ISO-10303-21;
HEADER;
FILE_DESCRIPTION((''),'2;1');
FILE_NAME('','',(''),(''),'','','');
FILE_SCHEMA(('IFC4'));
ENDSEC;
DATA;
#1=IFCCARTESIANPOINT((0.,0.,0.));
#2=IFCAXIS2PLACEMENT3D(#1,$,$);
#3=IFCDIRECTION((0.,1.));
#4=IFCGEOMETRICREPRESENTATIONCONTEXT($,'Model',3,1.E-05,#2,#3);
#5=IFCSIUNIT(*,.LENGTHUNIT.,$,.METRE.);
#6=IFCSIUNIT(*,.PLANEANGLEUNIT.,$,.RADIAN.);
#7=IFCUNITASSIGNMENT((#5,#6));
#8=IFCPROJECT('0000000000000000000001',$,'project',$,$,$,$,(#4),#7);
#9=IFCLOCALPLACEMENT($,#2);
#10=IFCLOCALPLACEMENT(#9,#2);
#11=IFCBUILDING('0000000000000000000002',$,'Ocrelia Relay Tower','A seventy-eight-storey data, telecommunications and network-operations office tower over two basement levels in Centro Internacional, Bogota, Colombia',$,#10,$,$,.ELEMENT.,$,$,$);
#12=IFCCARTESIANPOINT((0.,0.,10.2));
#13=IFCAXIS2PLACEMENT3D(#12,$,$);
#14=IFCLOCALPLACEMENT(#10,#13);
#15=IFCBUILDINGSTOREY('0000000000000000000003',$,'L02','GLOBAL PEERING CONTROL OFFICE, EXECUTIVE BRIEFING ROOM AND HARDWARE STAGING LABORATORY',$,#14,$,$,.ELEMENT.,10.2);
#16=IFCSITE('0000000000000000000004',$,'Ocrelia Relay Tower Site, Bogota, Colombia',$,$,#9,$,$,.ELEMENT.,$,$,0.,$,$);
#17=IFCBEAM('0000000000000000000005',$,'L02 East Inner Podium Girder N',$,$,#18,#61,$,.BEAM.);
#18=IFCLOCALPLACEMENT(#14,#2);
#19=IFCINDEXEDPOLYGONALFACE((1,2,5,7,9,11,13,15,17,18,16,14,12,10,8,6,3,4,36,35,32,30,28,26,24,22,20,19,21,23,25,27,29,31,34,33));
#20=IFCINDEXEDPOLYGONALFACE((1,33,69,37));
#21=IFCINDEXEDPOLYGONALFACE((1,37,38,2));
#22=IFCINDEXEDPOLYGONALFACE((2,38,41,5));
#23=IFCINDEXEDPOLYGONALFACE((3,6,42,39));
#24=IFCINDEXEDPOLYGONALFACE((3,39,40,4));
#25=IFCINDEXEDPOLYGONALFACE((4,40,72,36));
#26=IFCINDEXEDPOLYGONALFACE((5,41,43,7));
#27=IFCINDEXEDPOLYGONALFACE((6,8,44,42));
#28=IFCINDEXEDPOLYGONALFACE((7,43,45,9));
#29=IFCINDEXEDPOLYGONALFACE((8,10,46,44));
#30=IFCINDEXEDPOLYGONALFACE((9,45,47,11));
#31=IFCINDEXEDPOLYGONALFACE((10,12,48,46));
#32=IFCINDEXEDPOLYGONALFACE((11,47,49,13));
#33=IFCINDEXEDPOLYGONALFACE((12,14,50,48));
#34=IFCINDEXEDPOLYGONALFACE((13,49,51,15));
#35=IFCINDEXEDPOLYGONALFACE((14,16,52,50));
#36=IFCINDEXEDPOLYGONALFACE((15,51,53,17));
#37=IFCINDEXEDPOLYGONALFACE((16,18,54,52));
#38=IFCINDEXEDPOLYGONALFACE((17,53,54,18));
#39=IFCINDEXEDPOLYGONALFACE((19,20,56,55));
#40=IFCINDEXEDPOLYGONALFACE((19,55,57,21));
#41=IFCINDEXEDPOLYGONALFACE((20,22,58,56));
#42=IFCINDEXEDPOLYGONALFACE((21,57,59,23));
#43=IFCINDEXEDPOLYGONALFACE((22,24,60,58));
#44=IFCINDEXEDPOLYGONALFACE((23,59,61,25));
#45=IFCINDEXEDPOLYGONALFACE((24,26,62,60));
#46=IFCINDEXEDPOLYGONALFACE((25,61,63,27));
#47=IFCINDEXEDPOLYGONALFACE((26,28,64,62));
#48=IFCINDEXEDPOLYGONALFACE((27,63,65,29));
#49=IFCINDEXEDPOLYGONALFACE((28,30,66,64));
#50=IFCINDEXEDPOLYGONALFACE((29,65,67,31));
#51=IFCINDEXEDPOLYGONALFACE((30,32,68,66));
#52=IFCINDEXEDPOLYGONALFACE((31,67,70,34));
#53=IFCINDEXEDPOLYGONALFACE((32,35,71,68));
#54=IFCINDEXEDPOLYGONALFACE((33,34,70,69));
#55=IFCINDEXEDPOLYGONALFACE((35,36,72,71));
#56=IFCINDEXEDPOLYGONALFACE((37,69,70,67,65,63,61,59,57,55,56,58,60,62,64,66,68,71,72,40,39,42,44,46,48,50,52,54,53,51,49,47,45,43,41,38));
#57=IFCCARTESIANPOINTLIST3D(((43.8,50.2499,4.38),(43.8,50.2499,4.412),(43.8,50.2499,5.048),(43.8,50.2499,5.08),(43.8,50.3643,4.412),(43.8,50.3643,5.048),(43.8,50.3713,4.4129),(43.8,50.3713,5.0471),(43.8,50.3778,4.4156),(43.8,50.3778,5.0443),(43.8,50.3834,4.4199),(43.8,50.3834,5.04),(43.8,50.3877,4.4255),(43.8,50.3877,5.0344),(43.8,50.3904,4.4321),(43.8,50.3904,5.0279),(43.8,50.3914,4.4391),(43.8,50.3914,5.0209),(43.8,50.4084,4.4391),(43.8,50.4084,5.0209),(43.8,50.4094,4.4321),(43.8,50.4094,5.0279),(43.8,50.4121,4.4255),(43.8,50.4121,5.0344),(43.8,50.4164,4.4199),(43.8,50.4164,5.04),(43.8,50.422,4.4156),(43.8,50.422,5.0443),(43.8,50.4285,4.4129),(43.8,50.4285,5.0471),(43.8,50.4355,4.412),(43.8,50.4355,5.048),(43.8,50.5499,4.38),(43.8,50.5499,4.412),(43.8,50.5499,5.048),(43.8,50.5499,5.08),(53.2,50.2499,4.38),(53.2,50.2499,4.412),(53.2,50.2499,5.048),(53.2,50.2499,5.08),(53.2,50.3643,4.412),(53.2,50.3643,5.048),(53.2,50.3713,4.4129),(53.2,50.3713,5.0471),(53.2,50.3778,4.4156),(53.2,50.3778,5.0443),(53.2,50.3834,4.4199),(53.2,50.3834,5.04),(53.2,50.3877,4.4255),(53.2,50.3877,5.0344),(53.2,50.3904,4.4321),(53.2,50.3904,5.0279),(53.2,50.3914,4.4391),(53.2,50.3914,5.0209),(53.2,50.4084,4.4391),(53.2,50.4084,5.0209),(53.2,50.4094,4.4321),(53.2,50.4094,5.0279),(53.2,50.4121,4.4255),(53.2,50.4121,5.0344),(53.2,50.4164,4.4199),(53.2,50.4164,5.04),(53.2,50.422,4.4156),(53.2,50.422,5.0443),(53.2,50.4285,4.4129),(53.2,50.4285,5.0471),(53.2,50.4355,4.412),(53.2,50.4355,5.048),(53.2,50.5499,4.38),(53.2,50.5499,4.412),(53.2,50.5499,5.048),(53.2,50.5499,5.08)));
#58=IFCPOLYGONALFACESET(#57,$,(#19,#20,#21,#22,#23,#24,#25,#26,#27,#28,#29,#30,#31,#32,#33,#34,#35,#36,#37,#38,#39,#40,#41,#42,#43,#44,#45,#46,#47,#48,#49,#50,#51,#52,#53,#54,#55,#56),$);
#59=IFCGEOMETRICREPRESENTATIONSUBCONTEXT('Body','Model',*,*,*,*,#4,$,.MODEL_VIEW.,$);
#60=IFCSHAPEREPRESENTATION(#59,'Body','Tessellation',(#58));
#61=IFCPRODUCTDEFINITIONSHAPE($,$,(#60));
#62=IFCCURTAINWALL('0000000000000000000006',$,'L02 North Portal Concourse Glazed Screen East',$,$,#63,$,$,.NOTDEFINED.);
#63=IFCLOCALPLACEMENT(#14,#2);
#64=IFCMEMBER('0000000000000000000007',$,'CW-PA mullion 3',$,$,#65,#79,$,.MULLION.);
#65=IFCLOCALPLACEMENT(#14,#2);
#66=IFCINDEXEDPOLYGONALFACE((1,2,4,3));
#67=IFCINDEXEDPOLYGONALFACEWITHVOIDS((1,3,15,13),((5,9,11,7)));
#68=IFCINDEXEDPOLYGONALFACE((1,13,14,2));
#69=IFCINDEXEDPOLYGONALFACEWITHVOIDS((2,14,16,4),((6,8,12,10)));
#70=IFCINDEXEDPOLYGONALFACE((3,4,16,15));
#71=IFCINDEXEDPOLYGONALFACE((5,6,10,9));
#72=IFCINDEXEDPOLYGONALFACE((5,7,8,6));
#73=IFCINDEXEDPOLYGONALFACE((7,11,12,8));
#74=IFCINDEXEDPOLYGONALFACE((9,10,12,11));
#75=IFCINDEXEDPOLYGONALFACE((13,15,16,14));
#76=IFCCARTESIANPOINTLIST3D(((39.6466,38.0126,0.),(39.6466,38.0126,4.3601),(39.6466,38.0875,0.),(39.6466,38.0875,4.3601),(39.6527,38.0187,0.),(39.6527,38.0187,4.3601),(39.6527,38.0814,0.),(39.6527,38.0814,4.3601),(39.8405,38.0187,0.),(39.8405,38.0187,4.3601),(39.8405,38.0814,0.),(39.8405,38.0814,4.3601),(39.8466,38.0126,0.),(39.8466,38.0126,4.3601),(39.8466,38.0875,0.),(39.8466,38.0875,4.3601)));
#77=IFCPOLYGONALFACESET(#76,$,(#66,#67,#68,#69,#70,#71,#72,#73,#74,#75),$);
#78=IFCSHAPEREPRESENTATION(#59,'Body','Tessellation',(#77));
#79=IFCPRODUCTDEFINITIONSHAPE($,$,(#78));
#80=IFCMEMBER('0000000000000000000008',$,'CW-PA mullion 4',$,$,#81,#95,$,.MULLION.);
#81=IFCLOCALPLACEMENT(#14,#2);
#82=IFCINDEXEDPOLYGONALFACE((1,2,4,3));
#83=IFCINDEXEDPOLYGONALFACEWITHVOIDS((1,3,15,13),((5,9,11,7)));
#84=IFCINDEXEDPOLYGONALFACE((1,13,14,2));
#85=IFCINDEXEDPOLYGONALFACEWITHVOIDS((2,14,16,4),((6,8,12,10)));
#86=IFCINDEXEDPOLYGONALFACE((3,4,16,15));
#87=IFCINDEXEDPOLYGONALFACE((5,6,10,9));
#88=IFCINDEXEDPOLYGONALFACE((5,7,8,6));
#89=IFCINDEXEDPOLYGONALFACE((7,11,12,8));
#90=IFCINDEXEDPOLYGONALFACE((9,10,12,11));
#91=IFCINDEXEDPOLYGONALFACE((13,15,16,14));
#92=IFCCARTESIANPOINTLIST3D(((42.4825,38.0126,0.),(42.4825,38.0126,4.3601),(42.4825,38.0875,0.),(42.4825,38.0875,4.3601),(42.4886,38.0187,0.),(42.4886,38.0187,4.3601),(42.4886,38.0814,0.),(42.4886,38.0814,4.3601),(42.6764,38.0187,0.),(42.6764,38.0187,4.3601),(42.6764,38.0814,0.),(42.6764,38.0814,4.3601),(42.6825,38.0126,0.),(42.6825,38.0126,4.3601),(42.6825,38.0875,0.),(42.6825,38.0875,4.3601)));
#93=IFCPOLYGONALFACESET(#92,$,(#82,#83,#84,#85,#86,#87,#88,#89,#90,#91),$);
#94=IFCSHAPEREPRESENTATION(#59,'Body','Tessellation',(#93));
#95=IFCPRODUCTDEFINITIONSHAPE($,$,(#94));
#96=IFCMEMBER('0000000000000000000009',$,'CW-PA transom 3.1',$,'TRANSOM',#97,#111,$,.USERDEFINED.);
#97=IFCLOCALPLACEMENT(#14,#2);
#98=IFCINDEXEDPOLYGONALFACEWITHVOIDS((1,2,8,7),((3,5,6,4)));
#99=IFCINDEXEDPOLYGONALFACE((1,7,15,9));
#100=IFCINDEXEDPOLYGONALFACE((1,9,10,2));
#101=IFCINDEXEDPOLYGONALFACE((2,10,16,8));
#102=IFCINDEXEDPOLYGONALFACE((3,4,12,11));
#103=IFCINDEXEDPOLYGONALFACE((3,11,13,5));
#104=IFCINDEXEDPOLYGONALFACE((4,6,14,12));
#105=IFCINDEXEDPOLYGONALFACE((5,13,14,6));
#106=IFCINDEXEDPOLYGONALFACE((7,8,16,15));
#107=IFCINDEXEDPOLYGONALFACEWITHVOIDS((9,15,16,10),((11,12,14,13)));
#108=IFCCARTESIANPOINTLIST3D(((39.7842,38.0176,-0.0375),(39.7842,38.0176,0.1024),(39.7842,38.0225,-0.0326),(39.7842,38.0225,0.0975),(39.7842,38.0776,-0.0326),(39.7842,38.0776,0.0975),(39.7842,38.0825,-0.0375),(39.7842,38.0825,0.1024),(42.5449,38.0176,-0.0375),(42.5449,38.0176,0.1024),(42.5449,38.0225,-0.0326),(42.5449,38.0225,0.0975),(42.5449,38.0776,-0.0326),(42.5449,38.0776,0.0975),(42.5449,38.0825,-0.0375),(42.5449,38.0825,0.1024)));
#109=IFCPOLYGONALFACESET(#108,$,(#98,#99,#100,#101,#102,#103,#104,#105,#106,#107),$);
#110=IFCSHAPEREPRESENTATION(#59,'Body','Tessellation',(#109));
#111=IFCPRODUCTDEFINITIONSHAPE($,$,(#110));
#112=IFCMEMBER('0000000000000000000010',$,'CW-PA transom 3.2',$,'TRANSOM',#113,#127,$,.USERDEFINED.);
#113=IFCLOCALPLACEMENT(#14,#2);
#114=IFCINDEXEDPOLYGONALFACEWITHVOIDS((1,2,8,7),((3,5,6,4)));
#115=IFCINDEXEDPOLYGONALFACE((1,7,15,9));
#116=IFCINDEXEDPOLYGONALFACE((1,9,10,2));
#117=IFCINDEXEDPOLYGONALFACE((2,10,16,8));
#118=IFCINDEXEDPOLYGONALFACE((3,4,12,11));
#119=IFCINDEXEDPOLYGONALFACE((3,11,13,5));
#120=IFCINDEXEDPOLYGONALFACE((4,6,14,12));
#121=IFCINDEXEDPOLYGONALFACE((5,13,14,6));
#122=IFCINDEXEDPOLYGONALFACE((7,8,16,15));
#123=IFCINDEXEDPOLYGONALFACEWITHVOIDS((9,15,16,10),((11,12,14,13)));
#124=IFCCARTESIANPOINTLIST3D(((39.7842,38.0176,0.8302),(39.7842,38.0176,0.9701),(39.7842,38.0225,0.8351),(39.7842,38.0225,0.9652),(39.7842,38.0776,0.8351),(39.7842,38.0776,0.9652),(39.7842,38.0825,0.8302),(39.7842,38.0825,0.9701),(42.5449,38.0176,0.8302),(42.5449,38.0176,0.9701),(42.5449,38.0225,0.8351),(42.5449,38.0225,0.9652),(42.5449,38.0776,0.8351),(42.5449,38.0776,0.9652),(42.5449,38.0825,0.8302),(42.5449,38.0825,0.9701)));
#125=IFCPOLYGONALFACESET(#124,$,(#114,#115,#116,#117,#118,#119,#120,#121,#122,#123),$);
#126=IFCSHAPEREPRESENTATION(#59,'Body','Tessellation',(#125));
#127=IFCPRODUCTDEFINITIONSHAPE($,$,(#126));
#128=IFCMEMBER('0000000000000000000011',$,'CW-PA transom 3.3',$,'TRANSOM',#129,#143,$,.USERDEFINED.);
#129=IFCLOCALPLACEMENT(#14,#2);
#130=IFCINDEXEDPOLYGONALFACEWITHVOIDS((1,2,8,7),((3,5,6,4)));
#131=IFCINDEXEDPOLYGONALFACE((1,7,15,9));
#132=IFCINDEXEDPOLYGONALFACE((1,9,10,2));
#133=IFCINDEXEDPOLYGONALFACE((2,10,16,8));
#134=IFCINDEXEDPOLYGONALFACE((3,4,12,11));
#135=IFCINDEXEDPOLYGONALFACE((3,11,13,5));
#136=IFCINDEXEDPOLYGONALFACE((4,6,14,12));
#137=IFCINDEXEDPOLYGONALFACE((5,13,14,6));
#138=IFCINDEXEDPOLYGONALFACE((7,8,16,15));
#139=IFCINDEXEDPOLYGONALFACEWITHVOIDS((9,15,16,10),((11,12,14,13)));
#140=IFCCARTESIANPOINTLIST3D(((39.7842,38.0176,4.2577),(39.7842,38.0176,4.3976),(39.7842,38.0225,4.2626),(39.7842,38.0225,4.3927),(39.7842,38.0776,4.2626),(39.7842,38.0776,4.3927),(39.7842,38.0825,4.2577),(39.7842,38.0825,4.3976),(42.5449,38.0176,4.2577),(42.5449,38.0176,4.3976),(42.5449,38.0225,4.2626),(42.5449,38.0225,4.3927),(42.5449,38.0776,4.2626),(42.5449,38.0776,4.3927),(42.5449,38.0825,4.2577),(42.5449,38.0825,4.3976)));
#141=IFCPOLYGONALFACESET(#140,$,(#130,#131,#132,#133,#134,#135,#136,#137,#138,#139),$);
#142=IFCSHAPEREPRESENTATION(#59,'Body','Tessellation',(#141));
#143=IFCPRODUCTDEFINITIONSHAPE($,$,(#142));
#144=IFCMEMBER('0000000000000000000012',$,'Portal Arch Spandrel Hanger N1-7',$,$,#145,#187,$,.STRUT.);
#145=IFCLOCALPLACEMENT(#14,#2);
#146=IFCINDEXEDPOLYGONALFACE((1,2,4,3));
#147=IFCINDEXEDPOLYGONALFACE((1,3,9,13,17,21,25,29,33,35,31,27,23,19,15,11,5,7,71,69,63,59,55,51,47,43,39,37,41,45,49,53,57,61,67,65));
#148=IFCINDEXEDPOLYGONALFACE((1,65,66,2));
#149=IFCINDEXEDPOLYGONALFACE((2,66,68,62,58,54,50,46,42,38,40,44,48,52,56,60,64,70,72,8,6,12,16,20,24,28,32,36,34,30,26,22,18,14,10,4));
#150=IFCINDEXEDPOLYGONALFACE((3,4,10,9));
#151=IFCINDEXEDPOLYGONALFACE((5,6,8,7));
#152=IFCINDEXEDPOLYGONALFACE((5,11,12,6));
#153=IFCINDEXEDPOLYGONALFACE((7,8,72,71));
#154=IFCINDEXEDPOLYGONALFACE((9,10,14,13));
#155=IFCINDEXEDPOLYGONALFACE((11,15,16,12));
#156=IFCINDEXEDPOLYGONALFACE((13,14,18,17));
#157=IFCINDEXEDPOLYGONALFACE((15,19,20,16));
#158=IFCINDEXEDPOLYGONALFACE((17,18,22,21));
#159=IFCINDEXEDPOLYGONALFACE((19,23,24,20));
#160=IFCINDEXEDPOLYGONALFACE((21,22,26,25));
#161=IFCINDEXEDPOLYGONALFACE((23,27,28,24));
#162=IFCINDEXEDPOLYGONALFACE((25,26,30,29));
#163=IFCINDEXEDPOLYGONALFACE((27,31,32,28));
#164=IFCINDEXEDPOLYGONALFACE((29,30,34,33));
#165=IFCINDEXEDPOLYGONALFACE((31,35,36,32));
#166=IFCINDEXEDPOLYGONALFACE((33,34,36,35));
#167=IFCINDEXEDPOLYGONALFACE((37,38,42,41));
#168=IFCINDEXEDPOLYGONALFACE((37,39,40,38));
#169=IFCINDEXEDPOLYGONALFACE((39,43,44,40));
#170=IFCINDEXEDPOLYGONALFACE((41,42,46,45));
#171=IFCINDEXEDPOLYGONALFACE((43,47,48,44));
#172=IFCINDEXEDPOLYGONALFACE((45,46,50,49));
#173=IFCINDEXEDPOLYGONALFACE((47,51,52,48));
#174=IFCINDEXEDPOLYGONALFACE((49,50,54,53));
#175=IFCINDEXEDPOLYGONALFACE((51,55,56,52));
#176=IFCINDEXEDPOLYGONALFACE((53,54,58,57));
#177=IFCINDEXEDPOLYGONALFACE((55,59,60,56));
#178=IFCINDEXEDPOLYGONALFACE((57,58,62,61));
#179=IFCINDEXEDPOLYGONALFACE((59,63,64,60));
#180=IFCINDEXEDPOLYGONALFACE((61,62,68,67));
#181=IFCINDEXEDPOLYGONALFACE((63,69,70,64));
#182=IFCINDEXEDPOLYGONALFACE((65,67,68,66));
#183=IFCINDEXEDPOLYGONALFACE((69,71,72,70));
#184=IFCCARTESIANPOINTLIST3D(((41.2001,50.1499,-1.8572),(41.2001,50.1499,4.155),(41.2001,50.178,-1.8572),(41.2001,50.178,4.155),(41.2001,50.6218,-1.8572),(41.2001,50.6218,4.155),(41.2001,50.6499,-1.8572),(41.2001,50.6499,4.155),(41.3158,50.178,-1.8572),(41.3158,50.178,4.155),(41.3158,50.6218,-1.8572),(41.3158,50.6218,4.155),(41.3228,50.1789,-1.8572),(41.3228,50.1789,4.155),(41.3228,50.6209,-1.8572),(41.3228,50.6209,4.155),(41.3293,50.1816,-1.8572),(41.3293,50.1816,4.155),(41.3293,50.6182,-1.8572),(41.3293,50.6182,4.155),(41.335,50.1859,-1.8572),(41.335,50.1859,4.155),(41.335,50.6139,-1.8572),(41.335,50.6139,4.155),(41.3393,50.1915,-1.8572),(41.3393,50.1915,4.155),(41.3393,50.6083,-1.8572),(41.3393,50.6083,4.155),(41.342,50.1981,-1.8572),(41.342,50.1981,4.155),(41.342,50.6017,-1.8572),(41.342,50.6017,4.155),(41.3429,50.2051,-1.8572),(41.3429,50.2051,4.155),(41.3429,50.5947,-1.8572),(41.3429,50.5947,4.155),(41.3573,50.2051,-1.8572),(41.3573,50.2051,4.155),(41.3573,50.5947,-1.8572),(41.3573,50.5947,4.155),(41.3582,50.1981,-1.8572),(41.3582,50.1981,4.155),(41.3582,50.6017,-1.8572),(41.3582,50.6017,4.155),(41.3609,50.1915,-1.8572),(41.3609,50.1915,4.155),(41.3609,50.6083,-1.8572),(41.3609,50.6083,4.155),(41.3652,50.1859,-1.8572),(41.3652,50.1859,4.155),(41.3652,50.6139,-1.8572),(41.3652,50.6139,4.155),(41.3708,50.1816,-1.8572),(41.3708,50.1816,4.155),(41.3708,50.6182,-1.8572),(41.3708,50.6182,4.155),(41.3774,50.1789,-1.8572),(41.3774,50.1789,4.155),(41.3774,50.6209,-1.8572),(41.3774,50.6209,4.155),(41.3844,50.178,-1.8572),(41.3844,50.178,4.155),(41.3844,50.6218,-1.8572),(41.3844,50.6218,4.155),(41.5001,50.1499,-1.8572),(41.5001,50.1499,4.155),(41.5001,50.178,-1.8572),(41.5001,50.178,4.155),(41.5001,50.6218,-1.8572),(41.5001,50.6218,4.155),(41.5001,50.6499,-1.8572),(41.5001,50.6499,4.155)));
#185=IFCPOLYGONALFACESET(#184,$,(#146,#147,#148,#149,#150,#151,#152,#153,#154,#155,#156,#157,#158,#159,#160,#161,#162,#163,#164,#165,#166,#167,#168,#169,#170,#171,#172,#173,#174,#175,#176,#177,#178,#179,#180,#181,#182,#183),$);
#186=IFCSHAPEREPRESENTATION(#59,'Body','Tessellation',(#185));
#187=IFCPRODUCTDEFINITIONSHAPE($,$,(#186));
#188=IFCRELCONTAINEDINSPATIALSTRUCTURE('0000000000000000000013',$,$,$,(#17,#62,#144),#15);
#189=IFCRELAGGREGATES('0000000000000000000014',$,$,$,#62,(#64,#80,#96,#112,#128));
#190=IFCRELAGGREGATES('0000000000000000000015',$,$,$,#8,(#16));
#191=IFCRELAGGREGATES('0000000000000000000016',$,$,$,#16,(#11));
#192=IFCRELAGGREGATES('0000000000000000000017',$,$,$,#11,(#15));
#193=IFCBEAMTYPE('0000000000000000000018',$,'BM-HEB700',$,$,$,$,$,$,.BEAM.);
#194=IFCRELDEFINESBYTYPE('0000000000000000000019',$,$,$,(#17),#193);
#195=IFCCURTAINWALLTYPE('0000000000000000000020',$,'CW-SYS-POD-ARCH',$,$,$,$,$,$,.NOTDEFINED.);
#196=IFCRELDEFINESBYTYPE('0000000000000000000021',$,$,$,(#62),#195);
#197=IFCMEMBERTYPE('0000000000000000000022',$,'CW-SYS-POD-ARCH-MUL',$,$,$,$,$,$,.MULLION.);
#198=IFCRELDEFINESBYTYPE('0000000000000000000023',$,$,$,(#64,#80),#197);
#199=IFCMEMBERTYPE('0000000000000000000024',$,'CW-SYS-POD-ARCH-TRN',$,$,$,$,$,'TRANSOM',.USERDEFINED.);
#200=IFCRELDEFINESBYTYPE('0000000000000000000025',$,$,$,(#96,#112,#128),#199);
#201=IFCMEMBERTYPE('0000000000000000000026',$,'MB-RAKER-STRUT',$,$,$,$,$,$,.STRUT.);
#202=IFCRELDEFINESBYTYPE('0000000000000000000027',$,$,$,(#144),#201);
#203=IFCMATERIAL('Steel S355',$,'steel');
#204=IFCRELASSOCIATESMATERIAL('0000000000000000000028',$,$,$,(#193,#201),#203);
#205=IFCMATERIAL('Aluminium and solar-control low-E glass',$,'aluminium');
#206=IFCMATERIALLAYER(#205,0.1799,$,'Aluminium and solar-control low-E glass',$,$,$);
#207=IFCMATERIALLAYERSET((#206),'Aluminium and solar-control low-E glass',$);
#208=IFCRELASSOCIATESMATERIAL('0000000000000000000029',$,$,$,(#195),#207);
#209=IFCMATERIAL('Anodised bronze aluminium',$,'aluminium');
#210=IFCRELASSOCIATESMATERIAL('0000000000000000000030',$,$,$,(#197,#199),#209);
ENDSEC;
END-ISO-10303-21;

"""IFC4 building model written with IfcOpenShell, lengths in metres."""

from ifc_helpers import new_model, si_unit, direction, frame, origin, origin_2d, place, context, subcontext, project, spatial, hollow_rectangle, i_section, extrude, material, layer, layer_set, material_profile, profile_set, type_object, element, aggregate, save


model = new_model("IFC4")

# Units and contexts
model_context = context("Model", 3, precision=1e-05, world=origin(), true_north=direction((0.0, 1.0)))
body_context = subcontext(model_context, "Body", "Model", "MODEL_VIEW")
ifc_project = project(units=[si_unit("LENGTHUNIT", "METRE"), si_unit("PLANEANGLEUNIT", "RADIAN")], contexts=[model_context])

# Site, building, storey
site_placement = place(None, origin())
site = spatial("IfcSite", under=ifc_project, at=site_placement, Name="Ocrelia Relay Tower Site, Bogota, Colombia", CompositionType="ELEMENT", RefElevation=0.0)
building_placement = place(site_placement, origin())
building = spatial("IfcBuilding", under=site, at=building_placement, Name="Ocrelia Relay Tower", Description="A seventy-eight-storey data, telecommunications and network-operations office tower over two basement levels in Centro Internacional, Bogota, Colombia", CompositionType="ELEMENT")
storey_placement = place(building_placement, frame((0.0, 0.0, 10.2)))
storey = spatial("IfcBuildingStorey", under=building, at=storey_placement, Name="L02", Description="GLOBAL PEERING CONTROL OFFICE, EXECUTIVE BRIEFING ROOM AND HARDWARE STAGING LABORATORY", CompositionType="ELEMENT", Elevation=10.2)

# Beam
ifc_material_1 = material(Name="Steel S355", Category="steel")
ifc_material_profile_1 = material_profile(ifc_material_1, i_section(OverallWidth=0.3, OverallDepth=0.7, WebThickness=0.0171, FlangeThickness=0.032, FilletRadius=0.0271, at=origin_2d()), Name="HEB 700")
ifc_profile_set_1 = profile_set([ifc_material_profile_1], Name="Steel S355")
beam_type_1 = type_object("IfcBeamType", Name="BM-HEB700", PredefinedType="BEAM", material=ifc_profile_set_1)
beam_1_placement = place(storey_placement, frame((43.8, 50.3999, 4.73), z_axis=(1.0, 0.0, 0.0), x_axis=(0.0, 1.0, 0.0)))
element("IfcBeam", 1, at=beam_1_placement, inside=storey, type_object=beam_type_1, Name="L02 East Inner Podium Girder N", PredefinedType="BEAM", context=body_context, shape_type="SweptSolid", body=[
    extrude(i_section(OverallWidth=0.3, OverallDepth=0.7, WebThickness=0.0171, FlangeThickness=0.032, FilletRadius=0.0271, at=origin_2d()), origin(), (0.0, 0.0, 1.0), 9.3999),
])

# Curtain wall, members
ifc_material_2 = material(Name="Aluminium and solar-control low-E glass", Category="aluminium")
ifc_layer_1 = layer(ifc_material_2, 0.1799, Name="Aluminium and solar-control low-E glass")
ifc_layer_set_1 = layer_set([ifc_layer_1], Name="Aluminium and solar-control low-E glass")
curtain_wall_type = type_object("IfcCurtainWallType", Name="CW-SYS-POD-ARCH", PredefinedType="NOTDEFINED", material=ifc_layer_set_1)
curtain_wall_placement = place(storey_placement, origin())
curtain_wall = element("IfcCurtainWall", 2, at=curtain_wall_placement, inside=storey, type_object=curtain_wall_type, Name="L02 North Portal Concourse Glazed Screen East", PredefinedType="NOTDEFINED")
ifc_material_3 = material(Name="Anodised bronze aluminium", Category="aluminium")
ifc_material_profile_2 = material_profile(ifc_material_3, hollow_rectangle(XDim=0.075, YDim=0.2, WallThickness=0.0061, at=origin_2d()), Name="CW-MUL-200x75")
ifc_profile_set_2 = profile_set([ifc_material_profile_2], Name="Anodised bronze aluminium")
member_type_1 = type_object("IfcMemberType", Name="CW-SYS-POD-ARCH-MUL", PredefinedType="MULLION", material=ifc_profile_set_2)
member_1_placement = place(storey_placement, frame((39.7466, 38.05, 0.0), z_axis=(0.0, 0.0, 1.0), x_axis=(0.0, 1.0, 0.0)))
member_1 = element("IfcMember", 3, at=member_1_placement, type_object=member_type_1, Name="CW-PA mullion 3", PredefinedType="MULLION", context=body_context, shape_type="SweptSolid", body=[
    extrude(hollow_rectangle(XDim=0.075, YDim=0.2, WallThickness=0.0061, at=origin_2d()), origin(), (0.0, 0.0, 1.0), 4.3601),
])
member_2_placement = place(storey_placement, frame((42.5825, 38.05, 0.0), z_axis=(0.0, 0.0, 1.0), x_axis=(0.0, 1.0, 0.0)))
member_2 = element("IfcMember", 4, at=member_2_placement, type_object=member_type_1, Name="CW-PA mullion 4", PredefinedType="MULLION", context=body_context, shape_type="SweptSolid", body=[
    extrude(hollow_rectangle(XDim=0.075, YDim=0.2, WallThickness=0.0061, at=origin_2d()), origin(), (0.0, 0.0, 1.0), 4.3601),
])
ifc_material_profile_3 = material_profile(ifc_material_3, hollow_rectangle(XDim=0.0649, YDim=0.1399, WallThickness=0.0049, at=origin_2d()), Name="CW-TRN-140x65")
ifc_profile_set_3 = profile_set([ifc_material_profile_3], Name="Anodised bronze aluminium")
member_type_2 = type_object("IfcMemberType", Name="CW-SYS-POD-ARCH-TRN", ElementType="TRANSOM", PredefinedType="USERDEFINED", material=ifc_profile_set_3)
member_3_placement = place(storey_placement, frame((39.7842, 38.05, 0.0325), z_axis=(1.0, 0.0, 0.0), x_axis=(0.0, 1.0, 0.0)))
member_3 = element("IfcMember", 5, at=member_3_placement, type_object=member_type_2, Name="CW-PA transom 3.1", ObjectType="TRANSOM", PredefinedType="USERDEFINED", context=body_context, shape_type="SweptSolid", body=[
    extrude(hollow_rectangle(XDim=0.0649, YDim=0.1399, WallThickness=0.0049, at=origin_2d()), origin(), (0.0, 0.0, 1.0), 2.7607),
])
member_4_placement = place(storey_placement, frame((39.7842, 38.05, 0.9001), z_axis=(1.0, 0.0, 0.0), x_axis=(0.0, 1.0, 0.0)))
member_4 = element("IfcMember", 6, at=member_4_placement, type_object=member_type_2, Name="CW-PA transom 3.2", ObjectType="TRANSOM", PredefinedType="USERDEFINED", context=body_context, shape_type="SweptSolid", body=[
    extrude(hollow_rectangle(XDim=0.0649, YDim=0.1399, WallThickness=0.0049, at=origin_2d()), origin(), (0.0, 0.0, 1.0), 2.7607),
])
member_5_placement = place(storey_placement, frame((39.7842, 38.05, 4.3276), z_axis=(1.0, 0.0, 0.0), x_axis=(0.0, 1.0, 0.0)))
member_5 = element("IfcMember", 7, at=member_5_placement, type_object=member_type_2, Name="CW-PA transom 3.3", ObjectType="TRANSOM", PredefinedType="USERDEFINED", context=body_context, shape_type="SweptSolid", body=[
    extrude(hollow_rectangle(XDim=0.0649, YDim=0.1399, WallThickness=0.0049, at=origin_2d()), origin(), (0.0, 0.0, 1.0), 2.7607),
])

# Member
ifc_material_profile_4 = material_profile(ifc_material_1, i_section(OverallWidth=0.3, OverallDepth=0.5, WebThickness=0.0144, FlangeThickness=0.0281, FilletRadius=0.0271, at=origin_2d()), Name="HEB 500")
ifc_profile_set_4 = profile_set([ifc_material_profile_4], Name="Steel S355")
member_type_3 = type_object("IfcMemberType", Name="MB-RAKER-STRUT", PredefinedType="STRUT", material=ifc_profile_set_4)
for number, where, z_axis, x_axis, name in (
    (8, (41.3501, 50.3999, -1.8572), (0.0, 0.0, 1.0), (1.0, 0.0, 0.0), "Portal Arch Spandrel Hanger N1-7"),
):
    element("IfcMember", number, at=place(storey_placement, frame(where, z_axis=z_axis, x_axis=x_axis)), inside=storey, type_object=member_type_3, Name=name, PredefinedType="STRUT", context=body_context, shape_type="SweptSolid", body=[
        extrude(i_section(OverallWidth=0.3, OverallDepth=0.5, WebThickness=0.0144, FlangeThickness=0.0281, FilletRadius=0.0271, at=origin_2d()), origin(), (0.0, 0.0, 1.0), 6.0122),
    ])

aggregate(curtain_wall, [member_1, member_2, member_3, member_4, member_5])

save(model, "model.ifc")
